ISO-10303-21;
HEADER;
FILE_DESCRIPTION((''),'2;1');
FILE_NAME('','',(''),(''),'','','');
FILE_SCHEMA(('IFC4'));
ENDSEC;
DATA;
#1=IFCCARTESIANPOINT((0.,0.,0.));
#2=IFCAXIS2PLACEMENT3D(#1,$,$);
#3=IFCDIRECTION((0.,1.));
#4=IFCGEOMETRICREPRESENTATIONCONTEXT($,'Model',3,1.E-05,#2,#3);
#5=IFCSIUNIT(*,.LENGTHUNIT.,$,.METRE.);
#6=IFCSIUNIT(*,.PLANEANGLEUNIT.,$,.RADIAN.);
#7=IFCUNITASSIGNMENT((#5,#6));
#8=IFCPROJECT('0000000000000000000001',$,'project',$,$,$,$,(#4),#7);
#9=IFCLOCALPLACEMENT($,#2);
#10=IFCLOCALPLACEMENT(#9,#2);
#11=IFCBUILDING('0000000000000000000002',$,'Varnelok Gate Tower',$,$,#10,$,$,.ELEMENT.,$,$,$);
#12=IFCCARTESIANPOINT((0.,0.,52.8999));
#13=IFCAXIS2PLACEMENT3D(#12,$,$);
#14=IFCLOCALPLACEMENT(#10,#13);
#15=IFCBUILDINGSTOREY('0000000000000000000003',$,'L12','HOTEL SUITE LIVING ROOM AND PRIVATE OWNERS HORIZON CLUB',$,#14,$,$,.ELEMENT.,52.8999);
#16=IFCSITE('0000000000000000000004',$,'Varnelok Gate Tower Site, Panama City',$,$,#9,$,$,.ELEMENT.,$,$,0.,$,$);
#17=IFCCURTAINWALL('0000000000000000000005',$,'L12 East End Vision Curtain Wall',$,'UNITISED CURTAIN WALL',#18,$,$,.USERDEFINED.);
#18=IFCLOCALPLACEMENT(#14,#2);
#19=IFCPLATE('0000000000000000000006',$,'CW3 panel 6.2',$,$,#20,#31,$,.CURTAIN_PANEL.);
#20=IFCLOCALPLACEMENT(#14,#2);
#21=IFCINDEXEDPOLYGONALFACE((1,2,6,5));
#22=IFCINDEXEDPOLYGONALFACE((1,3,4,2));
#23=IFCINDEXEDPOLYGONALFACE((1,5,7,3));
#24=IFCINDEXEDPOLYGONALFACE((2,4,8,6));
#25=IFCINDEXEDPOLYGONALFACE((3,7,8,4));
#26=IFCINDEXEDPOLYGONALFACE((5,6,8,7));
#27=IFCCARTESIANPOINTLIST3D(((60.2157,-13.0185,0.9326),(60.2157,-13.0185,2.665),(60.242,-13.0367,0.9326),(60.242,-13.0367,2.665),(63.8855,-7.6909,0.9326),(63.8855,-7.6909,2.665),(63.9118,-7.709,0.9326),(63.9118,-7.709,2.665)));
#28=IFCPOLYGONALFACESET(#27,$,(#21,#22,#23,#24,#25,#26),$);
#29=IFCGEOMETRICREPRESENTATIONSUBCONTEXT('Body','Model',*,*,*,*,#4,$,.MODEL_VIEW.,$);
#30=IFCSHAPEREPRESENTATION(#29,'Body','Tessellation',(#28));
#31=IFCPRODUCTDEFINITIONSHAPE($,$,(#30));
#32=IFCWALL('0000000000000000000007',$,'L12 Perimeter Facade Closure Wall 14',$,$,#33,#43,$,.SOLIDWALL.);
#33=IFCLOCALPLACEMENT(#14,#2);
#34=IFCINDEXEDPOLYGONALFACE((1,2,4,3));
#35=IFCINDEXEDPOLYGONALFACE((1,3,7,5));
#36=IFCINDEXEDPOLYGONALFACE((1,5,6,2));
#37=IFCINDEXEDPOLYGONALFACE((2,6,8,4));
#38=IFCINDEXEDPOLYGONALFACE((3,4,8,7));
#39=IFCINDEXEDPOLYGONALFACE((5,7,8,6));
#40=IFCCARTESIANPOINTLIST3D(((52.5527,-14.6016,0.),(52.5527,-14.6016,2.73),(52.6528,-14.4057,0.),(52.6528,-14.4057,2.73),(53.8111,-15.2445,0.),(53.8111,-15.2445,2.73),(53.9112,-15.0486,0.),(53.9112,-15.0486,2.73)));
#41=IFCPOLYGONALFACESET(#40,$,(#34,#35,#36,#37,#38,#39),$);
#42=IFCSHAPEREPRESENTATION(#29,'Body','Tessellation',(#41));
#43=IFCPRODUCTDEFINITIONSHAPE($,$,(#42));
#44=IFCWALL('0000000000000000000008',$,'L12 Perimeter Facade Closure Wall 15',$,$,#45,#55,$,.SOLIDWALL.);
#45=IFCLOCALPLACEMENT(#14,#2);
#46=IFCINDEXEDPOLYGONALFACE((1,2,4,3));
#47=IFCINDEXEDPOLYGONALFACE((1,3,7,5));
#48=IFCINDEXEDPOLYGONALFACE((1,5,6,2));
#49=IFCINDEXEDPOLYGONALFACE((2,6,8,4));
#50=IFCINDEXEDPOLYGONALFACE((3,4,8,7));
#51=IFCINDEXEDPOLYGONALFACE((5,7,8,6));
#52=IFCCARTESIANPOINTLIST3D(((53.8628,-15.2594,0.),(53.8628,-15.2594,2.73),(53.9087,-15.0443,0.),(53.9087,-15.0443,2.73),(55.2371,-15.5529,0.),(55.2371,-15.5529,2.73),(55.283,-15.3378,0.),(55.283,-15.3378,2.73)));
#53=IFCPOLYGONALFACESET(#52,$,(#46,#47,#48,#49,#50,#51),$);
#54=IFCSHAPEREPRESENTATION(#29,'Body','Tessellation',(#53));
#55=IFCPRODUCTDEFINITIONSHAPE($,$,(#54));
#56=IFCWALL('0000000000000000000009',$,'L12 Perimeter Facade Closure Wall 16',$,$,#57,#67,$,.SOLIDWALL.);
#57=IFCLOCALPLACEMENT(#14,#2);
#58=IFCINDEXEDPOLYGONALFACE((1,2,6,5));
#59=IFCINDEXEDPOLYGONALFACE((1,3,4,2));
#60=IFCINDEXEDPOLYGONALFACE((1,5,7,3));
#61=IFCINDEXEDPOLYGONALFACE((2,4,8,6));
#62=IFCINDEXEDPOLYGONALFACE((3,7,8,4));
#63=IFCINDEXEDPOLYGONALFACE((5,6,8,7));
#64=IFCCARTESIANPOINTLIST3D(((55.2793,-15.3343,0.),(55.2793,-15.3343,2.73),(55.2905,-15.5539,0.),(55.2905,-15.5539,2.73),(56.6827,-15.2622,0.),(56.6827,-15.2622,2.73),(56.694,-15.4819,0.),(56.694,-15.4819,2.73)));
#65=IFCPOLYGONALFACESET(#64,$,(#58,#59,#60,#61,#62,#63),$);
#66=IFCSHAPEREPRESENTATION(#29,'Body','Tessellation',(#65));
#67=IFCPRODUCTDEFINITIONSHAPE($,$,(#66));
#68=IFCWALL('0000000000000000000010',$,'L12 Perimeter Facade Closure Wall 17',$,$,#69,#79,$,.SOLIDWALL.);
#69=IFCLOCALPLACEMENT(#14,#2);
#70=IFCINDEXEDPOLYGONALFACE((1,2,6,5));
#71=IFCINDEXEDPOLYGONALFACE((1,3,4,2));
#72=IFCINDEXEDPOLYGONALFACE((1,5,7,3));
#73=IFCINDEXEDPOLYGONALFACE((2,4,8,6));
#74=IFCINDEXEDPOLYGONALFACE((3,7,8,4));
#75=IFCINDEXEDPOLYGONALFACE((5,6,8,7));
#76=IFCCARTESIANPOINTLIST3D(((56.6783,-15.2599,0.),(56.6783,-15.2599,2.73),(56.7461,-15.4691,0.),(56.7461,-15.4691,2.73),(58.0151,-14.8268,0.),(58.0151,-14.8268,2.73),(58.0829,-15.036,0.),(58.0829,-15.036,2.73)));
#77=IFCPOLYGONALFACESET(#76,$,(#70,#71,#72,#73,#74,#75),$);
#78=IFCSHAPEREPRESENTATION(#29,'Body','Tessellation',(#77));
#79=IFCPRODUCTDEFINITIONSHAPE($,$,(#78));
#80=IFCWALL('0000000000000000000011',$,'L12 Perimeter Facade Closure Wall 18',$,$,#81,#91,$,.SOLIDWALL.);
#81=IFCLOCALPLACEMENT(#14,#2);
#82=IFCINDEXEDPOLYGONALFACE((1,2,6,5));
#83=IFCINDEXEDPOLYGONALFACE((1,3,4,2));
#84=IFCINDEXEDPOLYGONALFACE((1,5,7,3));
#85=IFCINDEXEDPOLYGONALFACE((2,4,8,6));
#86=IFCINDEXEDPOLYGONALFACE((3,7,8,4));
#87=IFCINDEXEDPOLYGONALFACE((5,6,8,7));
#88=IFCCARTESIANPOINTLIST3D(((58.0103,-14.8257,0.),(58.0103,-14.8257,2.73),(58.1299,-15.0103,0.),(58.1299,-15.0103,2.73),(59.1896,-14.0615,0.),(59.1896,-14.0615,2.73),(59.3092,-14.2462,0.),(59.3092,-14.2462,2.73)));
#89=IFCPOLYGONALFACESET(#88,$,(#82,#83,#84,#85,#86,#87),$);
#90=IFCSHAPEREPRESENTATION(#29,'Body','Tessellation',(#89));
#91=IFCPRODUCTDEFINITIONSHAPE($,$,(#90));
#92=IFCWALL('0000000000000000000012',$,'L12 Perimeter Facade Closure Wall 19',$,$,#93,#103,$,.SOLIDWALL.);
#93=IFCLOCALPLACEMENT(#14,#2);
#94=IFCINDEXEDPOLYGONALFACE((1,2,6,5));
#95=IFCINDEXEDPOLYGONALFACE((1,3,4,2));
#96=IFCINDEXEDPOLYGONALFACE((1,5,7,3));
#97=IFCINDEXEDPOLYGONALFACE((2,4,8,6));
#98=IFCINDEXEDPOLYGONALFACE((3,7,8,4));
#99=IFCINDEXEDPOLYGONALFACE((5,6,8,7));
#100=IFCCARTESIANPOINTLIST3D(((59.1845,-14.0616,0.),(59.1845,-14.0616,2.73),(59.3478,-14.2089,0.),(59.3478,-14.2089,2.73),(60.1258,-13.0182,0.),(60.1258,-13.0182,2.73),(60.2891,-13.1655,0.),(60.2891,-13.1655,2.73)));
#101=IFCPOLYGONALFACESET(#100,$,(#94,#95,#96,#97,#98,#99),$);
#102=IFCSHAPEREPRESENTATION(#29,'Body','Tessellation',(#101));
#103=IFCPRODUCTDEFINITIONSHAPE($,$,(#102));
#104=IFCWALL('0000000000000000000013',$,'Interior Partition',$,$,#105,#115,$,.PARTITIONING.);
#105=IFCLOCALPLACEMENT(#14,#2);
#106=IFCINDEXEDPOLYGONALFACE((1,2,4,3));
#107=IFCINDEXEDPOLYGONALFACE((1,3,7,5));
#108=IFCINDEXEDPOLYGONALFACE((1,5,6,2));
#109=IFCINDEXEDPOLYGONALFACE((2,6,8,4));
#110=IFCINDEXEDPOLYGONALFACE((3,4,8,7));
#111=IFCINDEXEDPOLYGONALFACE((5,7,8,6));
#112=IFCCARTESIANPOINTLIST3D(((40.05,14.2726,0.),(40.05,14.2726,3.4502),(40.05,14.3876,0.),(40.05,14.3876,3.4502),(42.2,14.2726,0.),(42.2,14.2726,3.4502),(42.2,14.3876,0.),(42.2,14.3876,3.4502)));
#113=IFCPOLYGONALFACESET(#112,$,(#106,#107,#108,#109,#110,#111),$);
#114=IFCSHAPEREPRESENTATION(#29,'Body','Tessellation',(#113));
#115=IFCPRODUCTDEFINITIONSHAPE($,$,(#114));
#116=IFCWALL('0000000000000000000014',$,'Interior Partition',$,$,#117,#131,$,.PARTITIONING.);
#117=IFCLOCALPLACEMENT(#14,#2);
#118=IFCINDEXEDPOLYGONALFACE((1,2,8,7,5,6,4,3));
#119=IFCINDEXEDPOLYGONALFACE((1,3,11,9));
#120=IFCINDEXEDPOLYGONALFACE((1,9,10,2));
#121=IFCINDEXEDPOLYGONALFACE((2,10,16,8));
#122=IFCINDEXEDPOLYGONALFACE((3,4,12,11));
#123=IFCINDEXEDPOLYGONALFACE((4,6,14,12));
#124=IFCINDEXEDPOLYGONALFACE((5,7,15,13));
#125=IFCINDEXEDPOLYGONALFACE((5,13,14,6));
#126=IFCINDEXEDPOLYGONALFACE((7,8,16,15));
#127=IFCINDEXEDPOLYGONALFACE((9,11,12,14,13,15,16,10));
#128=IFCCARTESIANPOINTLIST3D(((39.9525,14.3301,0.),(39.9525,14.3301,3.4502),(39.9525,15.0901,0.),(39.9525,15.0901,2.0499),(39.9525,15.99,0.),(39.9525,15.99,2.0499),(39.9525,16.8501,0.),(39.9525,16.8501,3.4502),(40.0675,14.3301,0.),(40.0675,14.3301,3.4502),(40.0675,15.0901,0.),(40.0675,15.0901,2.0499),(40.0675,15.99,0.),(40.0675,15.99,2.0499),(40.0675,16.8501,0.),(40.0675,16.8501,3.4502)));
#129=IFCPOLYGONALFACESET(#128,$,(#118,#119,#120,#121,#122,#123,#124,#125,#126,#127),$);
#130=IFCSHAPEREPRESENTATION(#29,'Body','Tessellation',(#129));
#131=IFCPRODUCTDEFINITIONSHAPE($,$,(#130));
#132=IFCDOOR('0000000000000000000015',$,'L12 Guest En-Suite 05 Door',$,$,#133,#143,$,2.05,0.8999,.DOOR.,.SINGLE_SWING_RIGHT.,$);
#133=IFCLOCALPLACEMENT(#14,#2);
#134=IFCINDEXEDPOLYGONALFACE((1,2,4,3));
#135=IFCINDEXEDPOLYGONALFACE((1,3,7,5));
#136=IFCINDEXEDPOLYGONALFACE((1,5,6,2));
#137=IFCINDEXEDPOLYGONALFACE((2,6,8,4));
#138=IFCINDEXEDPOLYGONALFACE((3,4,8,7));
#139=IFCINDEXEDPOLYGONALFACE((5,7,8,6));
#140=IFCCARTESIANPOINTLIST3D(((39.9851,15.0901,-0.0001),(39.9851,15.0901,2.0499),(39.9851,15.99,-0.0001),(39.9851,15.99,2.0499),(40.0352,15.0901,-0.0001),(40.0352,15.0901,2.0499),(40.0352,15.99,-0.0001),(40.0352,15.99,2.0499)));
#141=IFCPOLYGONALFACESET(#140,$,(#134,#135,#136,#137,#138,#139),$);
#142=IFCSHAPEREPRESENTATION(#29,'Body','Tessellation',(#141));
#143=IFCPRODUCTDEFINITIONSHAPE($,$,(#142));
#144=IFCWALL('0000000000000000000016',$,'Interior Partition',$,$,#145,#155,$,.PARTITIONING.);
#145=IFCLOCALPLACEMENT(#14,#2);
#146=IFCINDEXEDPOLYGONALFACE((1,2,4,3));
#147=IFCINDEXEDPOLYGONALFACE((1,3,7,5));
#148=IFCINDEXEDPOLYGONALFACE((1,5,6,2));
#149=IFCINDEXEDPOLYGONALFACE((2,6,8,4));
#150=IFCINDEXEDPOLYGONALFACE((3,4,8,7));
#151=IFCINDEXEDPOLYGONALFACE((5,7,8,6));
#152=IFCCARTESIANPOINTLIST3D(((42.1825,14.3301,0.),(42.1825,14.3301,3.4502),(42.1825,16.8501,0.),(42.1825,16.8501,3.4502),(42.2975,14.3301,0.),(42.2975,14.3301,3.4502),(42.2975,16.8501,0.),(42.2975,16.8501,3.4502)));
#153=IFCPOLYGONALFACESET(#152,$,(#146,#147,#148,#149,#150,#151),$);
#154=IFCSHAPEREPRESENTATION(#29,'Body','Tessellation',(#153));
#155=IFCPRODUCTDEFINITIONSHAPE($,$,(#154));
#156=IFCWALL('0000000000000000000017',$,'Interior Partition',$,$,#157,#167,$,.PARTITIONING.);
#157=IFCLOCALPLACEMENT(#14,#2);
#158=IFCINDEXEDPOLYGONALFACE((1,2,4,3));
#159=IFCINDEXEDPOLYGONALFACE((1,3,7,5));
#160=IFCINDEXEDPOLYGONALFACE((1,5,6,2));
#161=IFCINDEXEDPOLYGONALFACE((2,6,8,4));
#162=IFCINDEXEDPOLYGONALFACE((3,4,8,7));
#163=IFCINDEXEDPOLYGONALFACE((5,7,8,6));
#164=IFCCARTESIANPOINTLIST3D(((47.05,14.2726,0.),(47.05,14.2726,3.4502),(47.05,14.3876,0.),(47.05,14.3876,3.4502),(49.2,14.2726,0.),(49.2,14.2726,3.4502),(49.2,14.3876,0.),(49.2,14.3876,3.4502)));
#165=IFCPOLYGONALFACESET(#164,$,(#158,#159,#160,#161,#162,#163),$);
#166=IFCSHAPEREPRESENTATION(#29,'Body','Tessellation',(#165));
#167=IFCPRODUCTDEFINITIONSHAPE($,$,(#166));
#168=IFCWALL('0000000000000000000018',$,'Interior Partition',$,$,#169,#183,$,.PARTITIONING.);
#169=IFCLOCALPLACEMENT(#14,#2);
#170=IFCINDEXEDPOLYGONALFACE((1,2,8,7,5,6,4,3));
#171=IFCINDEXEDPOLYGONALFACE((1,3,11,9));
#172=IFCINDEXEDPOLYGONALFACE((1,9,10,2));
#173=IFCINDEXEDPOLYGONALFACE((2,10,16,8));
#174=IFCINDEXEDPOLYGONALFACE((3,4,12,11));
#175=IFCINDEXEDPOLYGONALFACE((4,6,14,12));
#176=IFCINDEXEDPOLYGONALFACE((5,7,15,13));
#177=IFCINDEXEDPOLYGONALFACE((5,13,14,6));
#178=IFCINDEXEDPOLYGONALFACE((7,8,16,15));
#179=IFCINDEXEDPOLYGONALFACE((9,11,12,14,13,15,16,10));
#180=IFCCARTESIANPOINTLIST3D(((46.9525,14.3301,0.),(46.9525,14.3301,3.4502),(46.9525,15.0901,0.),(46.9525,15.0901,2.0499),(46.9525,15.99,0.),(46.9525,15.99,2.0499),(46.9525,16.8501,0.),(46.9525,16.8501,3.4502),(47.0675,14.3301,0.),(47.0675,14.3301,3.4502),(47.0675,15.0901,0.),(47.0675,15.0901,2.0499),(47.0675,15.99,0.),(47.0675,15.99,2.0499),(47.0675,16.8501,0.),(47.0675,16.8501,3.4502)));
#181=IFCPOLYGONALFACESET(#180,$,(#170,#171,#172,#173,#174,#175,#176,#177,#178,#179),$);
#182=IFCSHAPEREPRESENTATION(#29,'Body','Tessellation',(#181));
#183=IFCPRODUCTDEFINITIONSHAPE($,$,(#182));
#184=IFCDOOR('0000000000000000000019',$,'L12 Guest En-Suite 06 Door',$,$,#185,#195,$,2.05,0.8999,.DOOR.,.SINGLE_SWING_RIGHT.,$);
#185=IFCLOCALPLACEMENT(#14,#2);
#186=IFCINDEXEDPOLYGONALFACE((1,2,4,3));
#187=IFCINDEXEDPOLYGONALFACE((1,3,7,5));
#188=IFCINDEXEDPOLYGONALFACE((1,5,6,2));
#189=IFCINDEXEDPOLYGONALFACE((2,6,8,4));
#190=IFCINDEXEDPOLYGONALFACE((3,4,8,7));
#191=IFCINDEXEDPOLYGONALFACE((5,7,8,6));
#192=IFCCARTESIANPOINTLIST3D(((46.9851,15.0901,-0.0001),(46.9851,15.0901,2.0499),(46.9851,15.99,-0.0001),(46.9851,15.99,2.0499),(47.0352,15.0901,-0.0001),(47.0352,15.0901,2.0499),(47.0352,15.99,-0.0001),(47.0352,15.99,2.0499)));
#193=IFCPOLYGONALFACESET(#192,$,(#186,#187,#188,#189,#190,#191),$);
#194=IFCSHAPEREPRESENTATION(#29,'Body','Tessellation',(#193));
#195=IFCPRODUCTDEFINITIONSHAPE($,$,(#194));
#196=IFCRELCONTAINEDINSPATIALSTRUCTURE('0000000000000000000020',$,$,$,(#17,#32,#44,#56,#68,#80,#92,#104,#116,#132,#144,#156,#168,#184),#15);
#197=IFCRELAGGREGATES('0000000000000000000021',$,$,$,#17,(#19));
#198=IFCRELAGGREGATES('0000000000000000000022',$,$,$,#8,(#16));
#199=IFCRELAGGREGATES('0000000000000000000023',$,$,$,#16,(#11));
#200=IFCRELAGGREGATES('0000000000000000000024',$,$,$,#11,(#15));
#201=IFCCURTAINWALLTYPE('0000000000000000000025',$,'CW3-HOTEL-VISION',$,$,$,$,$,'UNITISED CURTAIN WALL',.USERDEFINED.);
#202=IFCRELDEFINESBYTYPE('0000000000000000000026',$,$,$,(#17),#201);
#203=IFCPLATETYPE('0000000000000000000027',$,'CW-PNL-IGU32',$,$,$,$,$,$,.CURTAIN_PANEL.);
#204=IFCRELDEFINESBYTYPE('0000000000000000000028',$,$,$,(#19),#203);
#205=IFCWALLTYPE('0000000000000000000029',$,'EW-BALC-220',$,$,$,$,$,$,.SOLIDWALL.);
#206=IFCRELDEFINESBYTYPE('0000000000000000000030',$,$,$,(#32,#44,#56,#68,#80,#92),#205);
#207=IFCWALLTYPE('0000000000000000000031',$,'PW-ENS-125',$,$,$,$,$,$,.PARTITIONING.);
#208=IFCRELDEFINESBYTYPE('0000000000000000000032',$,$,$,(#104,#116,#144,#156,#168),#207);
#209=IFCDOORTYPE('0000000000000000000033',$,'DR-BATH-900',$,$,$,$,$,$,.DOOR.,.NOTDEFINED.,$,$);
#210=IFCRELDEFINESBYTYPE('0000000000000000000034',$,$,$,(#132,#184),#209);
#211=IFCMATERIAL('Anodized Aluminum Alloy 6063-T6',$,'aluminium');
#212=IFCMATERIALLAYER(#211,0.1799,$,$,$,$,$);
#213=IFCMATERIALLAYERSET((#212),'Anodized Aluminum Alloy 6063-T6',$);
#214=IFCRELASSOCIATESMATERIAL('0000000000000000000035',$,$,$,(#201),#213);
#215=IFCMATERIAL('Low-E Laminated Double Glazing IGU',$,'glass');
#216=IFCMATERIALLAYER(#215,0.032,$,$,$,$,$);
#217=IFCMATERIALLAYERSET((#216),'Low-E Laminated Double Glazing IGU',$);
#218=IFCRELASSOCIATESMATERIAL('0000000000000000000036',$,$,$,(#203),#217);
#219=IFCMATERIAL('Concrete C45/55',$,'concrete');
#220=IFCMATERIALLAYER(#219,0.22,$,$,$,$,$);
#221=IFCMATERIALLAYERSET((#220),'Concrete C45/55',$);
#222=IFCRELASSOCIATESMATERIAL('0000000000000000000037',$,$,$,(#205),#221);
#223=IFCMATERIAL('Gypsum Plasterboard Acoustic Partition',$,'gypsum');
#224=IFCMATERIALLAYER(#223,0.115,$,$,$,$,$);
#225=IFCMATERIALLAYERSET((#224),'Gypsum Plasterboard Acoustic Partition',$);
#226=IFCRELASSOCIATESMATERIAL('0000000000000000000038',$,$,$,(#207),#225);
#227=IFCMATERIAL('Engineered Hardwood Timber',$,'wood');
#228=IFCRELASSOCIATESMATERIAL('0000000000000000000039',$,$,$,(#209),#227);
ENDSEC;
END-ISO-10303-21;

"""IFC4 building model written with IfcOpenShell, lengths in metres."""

from ifc_helpers import new_model, si_unit, direction, frame, frame_2d, origin, origin_2d, place, context, subcontext, project, spatial, rectangle, extrude, source, transform, mapped, material, layer, layer_set, type_object, element, fill, aggregate, save


model = new_model("IFC4")

# Units and contexts
model_context = context("Model", 3, precision=1e-05, world=origin(), true_north=direction((0.0, 1.0)))
body_context = subcontext(model_context, "Body", "Model", "MODEL_VIEW")
ifc_project = project(units=[si_unit("LENGTHUNIT", "METRE"), si_unit("PLANEANGLEUNIT", "RADIAN")], contexts=[model_context])

# Site, building, storey
site_placement = place(None, origin())
site = spatial("IfcSite", under=ifc_project, at=site_placement, Name="Varnelok Gate Tower Site, Panama City", CompositionType="ELEMENT", RefElevation=0.0)
building_placement = place(site_placement, origin())
building = spatial("IfcBuilding", under=site, at=building_placement, Name="Varnelok Gate Tower", CompositionType="ELEMENT")
storey_placement = place(building_placement, frame((0.0, 0.0, 52.8999)))
storey = spatial("IfcBuildingStorey", under=building, at=storey_placement, Name="L12", Description="HOTEL SUITE LIVING ROOM AND PRIVATE OWNERS HORIZON CLUB", CompositionType="ELEMENT", Elevation=52.8999)

# Curtain wall, plate
ifc_material_1 = material(Name="Anodized Aluminum Alloy 6063-T6", Category="aluminium")
ifc_layer_1 = layer(ifc_material_1, 0.1799)
ifc_layer_set_1 = layer_set([ifc_layer_1], Name="Anodized Aluminum Alloy 6063-T6")
curtain_wall_type = type_object("IfcCurtainWallType", Name="CW3-HOTEL-VISION", ElementType="UNITISED CURTAIN WALL", PredefinedType="USERDEFINED", material=ifc_layer_set_1)
curtain_wall_placement = place(storey_placement, origin())
curtain_wall = element("IfcCurtainWall", 1, at=curtain_wall_placement, inside=storey, type_object=curtain_wall_type, Name="L12 East End Vision Curtain Wall", ObjectType="UNITISED CURTAIN WALL", PredefinedType="USERDEFINED")
ifc_material_2 = material(Name="Low-E Laminated Double Glazing IGU", Category="glass")
ifc_layer_2 = layer(ifc_material_2, 0.032)
ifc_layer_set_2 = layer_set([ifc_layer_2], Name="Low-E Laminated Double Glazing IGU")
plate_type = type_object("IfcPlateType", Name="CW-PNL-IGU32", PredefinedType="CURTAIN_PANEL", material=ifc_layer_set_2)
shared_shape_1 = source(origin(), body_context, "Body", "SweptSolid", [
    extrude(rectangle(XDim=6.4692, YDim=0.032, at=origin_2d()), origin(), (0.0, 0.0, 1.0), 1.7324),
])
plate_1_placement = place(storey_placement, frame((62.0637, -10.3638, 0.9326), z_axis=(0.0, 0.0, 1.0), x_axis=(-0.567269, -0.823533, 0.0)))
plate_1 = element("IfcPlate", 2, at=plate_1_placement, type_object=plate_type, Name="CW3 panel 6.2", PredefinedType="CURTAIN_PANEL", context=body_context, shape_type="MappedRepresentation", body=[
    mapped(shared_shape_1, transform((0.0, 0.0, 0.0), scale=1.0)),
])
aggregate(curtain_wall, [plate_1])

# Walls
ifc_material_3 = material(Name="Concrete C45/55", Category="concrete")
ifc_layer_3 = layer(ifc_material_3, 0.22)
ifc_layer_set_3 = layer_set([ifc_layer_3], Name="Concrete C45/55")
wall_type_1 = type_object("IfcWallType", Name="EW-BALC-220", PredefinedType="SOLIDWALL", material=ifc_layer_set_3)
wall_1_placement = place(storey_placement, frame((52.6028, -14.5037, 0.0), z_axis=(0.0, 0.0, 1.0), x_axis=(0.890523, -0.454938, 0.0)))
element("IfcWall", 3, at=wall_1_placement, inside=storey, type_object=wall_type_1, Name="L12 Perimeter Facade Closure Wall 14", PredefinedType="SOLIDWALL", context=body_context, shape_type="SweptSolid", body=[
    extrude(rectangle(XDim=1.4131, YDim=0.22, at=frame_2d((0.7065, 0.0))), origin(), (0.0, 0.0, 1.0), 2.73),
])
for number, where, z_axis, x_axis, name in (
    (4, (53.8857, -15.1519, 0.0), (0.0, 0.0, 1.0), (0.977952, -0.208829, 0.0), "L12 Perimeter Facade Closure Wall 15"),
    (5, (55.2849, -15.4441, 0.0), (0.0, 0.0, 1.0), (0.998686, 0.051255, 0.0), "L12 Perimeter Facade Closure Wall 16"),
    (6, (56.7122, -15.3645, 0.0), (0.0, 0.0, 1.0), (0.951325, 0.30819, 0.0), "L12 Perimeter Facade Closure Wall 17"),
    (7, (58.0701, -14.918, 0.0), (0.0, 0.0, 1.0), (0.839248, 0.543748, 0.0), "L12 Perimeter Facade Closure Wall 18"),
    (8, (59.2661, -14.1353, 0.0), (0.0, 0.0, 1.0), (0.669866, 0.742482, 0.0), "L12 Perimeter Facade Closure Wall 19"),
):
    element("IfcWall", number, at=place(storey_placement, frame(where, z_axis=z_axis, x_axis=x_axis)), inside=storey, type_object=wall_type_1, Name=name, PredefinedType="SOLIDWALL", context=body_context, shape_type="SweptSolid", body=[
        extrude(rectangle(XDim=1.4053, YDim=0.22, at=frame_2d((0.7026, 0.0))), origin(), (0.0, 0.0, 1.0), 2.73),
    ])
ifc_material_4 = material(Name="Gypsum Plasterboard Acoustic Partition", Category="gypsum")
ifc_layer_4 = layer(ifc_material_4, 0.115)
ifc_layer_set_4 = layer_set([ifc_layer_4], Name="Gypsum Plasterboard Acoustic Partition")
wall_type_2 = type_object("IfcWallType", Name="PW-ENS-125", PredefinedType="PARTITIONING", material=ifc_layer_set_4)
wall_2_placement = place(storey_placement, frame((40.05, 14.3301, 0.0), z_axis=(0.0, 0.0, 1.0), x_axis=(1.0, 0.0, 0.0)))
element("IfcWall", 9, at=wall_2_placement, inside=storey, type_object=wall_type_2, Name="Interior Partition", PredefinedType="PARTITIONING", context=body_context, shape_type="SweptSolid", body=[
    extrude(rectangle(XDim=2.1499, YDim=0.115, at=frame_2d((1.075, 0.0))), origin(), (0.0, 0.0, 1.0), 3.4502),
])

# Wall, opening, door
wall_3_placement = place(storey_placement, frame((40.01, 14.3301, 0.0), z_axis=(0.0, 0.0, 1.0), x_axis=(0.0, 1.0, 0.0)))
wall_3 = element("IfcWall", 10, at=wall_3_placement, inside=storey, type_object=wall_type_2, Name="Interior Partition", PredefinedType="PARTITIONING", context=body_context, shape_type="SweptSolid", body=[
    extrude(rectangle(XDim=2.52, YDim=0.115, at=frame_2d((1.26, 0.0))), origin(), (0.0, 0.0, 1.0), 3.4502),
])
opening_1_placement = place(wall_3_placement, frame((0.76, 0.0, 0.0)))
opening_1 = element("IfcOpeningElement", 11, at=opening_1_placement, cuts=wall_3, PredefinedType="OPENING", context=body_context, shape_type="SweptSolid", body=[
    extrude(rectangle(XDim=0.8999, YDim=2.05, at=frame_2d((0.45, 1.0249))), frame((0.0, 0.0674, 0.0), z_axis=(0.0, -1.0, 0.0), x_axis=(1.0, 0.0, 0.0)), (0.0, 0.0, 1.0), 0.135),
])
ifc_material_5 = material(Name="Engineered Hardwood Timber", Category="wood")
door_type = type_object("IfcDoorType", Name="DR-BATH-900", OperationType="NOTDEFINED", PredefinedType="DOOR", material=ifc_material_5)
door_1_placement = place(opening_1_placement, origin())
door_1 = element("IfcDoor", 12, at=door_1_placement, inside=storey, type_object=door_type, Name="L12 Guest En-Suite 05 Door", OperationType="SINGLE_SWING_RIGHT", OverallHeight=2.05, OverallWidth=0.8999, PredefinedType="DOOR", context=body_context, shape_type="SweptSolid", body=[
    extrude(rectangle(XDim=0.8999, YDim=2.05, at=frame_2d((0.45, 1.0249))), frame((0.0, 0.0249, 0.0), z_axis=(0.0, -1.0, 0.0), x_axis=(1.0, 0.0, 0.0)), (0.0, 0.0, 1.0), 0.05),
])
fill(opening_1, door_1)

# Walls
wall_4_placement = place(storey_placement, frame((42.24, 14.3301, 0.0), z_axis=(0.0, 0.0, 1.0), x_axis=(0.0, 1.0, 0.0)))
element("IfcWall", 13, at=wall_4_placement, inside=storey, type_object=wall_type_2, Name="Interior Partition", PredefinedType="PARTITIONING", context=body_context, shape_type="SweptSolid", body=[
    extrude(rectangle(XDim=2.52, YDim=0.115, at=frame_2d((1.26, 0.0))), origin(), (0.0, 0.0, 1.0), 3.4502),
])
wall_5_placement = place(storey_placement, frame((47.05, 14.3301, 0.0), z_axis=(0.0, 0.0, 1.0), x_axis=(1.0, 0.0, 0.0)))
element("IfcWall", 14, at=wall_5_placement, inside=storey, type_object=wall_type_2, Name="Interior Partition", PredefinedType="PARTITIONING", context=body_context, shape_type="SweptSolid", body=[
    extrude(rectangle(XDim=2.1499, YDim=0.115, at=frame_2d((1.075, 0.0))), origin(), (0.0, 0.0, 1.0), 3.4502),
])

# Wall, opening, door
wall_6_placement = place(storey_placement, frame((47.01, 14.3301, 0.0), z_axis=(0.0, 0.0, 1.0), x_axis=(0.0, 1.0, 0.0)))
wall_6 = element("IfcWall", 15, at=wall_6_placement, inside=storey, type_object=wall_type_2, Name="Interior Partition", PredefinedType="PARTITIONING", context=body_context, shape_type="SweptSolid", body=[
    extrude(rectangle(XDim=2.52, YDim=0.115, at=frame_2d((1.26, 0.0))), origin(), (0.0, 0.0, 1.0), 3.4502),
])
opening_2_placement = place(wall_6_placement, frame((0.76, 0.0, 0.0)))
opening_2 = element("IfcOpeningElement", 16, at=opening_2_placement, cuts=wall_6, PredefinedType="OPENING", context=body_context, shape_type="SweptSolid", body=[
    extrude(rectangle(XDim=0.8999, YDim=2.05, at=frame_2d((0.45, 1.0249))), frame((0.0, 0.0674, 0.0), z_axis=(0.0, -1.0, 0.0), x_axis=(1.0, 0.0, 0.0)), (0.0, 0.0, 1.0), 0.135),
])
door_2_placement = place(opening_2_placement, origin())
door_2 = element("IfcDoor", 17, at=door_2_placement, inside=storey, type_object=door_type, Name="L12 Guest En-Suite 06 Door", OperationType="SINGLE_SWING_RIGHT", OverallHeight=2.05, OverallWidth=0.8999, PredefinedType="DOOR", context=body_context, shape_type="SweptSolid", body=[
    extrude(rectangle(XDim=0.8999, YDim=2.05, at=frame_2d((0.45, 1.0249))), frame((0.0, 0.0249, 0.0), z_axis=(0.0, -1.0, 0.0), x_axis=(1.0, 0.0, 0.0)), (0.0, 0.0, 1.0), 0.05),
])
fill(opening_2, door_2)

save(model, "model.ifc")
